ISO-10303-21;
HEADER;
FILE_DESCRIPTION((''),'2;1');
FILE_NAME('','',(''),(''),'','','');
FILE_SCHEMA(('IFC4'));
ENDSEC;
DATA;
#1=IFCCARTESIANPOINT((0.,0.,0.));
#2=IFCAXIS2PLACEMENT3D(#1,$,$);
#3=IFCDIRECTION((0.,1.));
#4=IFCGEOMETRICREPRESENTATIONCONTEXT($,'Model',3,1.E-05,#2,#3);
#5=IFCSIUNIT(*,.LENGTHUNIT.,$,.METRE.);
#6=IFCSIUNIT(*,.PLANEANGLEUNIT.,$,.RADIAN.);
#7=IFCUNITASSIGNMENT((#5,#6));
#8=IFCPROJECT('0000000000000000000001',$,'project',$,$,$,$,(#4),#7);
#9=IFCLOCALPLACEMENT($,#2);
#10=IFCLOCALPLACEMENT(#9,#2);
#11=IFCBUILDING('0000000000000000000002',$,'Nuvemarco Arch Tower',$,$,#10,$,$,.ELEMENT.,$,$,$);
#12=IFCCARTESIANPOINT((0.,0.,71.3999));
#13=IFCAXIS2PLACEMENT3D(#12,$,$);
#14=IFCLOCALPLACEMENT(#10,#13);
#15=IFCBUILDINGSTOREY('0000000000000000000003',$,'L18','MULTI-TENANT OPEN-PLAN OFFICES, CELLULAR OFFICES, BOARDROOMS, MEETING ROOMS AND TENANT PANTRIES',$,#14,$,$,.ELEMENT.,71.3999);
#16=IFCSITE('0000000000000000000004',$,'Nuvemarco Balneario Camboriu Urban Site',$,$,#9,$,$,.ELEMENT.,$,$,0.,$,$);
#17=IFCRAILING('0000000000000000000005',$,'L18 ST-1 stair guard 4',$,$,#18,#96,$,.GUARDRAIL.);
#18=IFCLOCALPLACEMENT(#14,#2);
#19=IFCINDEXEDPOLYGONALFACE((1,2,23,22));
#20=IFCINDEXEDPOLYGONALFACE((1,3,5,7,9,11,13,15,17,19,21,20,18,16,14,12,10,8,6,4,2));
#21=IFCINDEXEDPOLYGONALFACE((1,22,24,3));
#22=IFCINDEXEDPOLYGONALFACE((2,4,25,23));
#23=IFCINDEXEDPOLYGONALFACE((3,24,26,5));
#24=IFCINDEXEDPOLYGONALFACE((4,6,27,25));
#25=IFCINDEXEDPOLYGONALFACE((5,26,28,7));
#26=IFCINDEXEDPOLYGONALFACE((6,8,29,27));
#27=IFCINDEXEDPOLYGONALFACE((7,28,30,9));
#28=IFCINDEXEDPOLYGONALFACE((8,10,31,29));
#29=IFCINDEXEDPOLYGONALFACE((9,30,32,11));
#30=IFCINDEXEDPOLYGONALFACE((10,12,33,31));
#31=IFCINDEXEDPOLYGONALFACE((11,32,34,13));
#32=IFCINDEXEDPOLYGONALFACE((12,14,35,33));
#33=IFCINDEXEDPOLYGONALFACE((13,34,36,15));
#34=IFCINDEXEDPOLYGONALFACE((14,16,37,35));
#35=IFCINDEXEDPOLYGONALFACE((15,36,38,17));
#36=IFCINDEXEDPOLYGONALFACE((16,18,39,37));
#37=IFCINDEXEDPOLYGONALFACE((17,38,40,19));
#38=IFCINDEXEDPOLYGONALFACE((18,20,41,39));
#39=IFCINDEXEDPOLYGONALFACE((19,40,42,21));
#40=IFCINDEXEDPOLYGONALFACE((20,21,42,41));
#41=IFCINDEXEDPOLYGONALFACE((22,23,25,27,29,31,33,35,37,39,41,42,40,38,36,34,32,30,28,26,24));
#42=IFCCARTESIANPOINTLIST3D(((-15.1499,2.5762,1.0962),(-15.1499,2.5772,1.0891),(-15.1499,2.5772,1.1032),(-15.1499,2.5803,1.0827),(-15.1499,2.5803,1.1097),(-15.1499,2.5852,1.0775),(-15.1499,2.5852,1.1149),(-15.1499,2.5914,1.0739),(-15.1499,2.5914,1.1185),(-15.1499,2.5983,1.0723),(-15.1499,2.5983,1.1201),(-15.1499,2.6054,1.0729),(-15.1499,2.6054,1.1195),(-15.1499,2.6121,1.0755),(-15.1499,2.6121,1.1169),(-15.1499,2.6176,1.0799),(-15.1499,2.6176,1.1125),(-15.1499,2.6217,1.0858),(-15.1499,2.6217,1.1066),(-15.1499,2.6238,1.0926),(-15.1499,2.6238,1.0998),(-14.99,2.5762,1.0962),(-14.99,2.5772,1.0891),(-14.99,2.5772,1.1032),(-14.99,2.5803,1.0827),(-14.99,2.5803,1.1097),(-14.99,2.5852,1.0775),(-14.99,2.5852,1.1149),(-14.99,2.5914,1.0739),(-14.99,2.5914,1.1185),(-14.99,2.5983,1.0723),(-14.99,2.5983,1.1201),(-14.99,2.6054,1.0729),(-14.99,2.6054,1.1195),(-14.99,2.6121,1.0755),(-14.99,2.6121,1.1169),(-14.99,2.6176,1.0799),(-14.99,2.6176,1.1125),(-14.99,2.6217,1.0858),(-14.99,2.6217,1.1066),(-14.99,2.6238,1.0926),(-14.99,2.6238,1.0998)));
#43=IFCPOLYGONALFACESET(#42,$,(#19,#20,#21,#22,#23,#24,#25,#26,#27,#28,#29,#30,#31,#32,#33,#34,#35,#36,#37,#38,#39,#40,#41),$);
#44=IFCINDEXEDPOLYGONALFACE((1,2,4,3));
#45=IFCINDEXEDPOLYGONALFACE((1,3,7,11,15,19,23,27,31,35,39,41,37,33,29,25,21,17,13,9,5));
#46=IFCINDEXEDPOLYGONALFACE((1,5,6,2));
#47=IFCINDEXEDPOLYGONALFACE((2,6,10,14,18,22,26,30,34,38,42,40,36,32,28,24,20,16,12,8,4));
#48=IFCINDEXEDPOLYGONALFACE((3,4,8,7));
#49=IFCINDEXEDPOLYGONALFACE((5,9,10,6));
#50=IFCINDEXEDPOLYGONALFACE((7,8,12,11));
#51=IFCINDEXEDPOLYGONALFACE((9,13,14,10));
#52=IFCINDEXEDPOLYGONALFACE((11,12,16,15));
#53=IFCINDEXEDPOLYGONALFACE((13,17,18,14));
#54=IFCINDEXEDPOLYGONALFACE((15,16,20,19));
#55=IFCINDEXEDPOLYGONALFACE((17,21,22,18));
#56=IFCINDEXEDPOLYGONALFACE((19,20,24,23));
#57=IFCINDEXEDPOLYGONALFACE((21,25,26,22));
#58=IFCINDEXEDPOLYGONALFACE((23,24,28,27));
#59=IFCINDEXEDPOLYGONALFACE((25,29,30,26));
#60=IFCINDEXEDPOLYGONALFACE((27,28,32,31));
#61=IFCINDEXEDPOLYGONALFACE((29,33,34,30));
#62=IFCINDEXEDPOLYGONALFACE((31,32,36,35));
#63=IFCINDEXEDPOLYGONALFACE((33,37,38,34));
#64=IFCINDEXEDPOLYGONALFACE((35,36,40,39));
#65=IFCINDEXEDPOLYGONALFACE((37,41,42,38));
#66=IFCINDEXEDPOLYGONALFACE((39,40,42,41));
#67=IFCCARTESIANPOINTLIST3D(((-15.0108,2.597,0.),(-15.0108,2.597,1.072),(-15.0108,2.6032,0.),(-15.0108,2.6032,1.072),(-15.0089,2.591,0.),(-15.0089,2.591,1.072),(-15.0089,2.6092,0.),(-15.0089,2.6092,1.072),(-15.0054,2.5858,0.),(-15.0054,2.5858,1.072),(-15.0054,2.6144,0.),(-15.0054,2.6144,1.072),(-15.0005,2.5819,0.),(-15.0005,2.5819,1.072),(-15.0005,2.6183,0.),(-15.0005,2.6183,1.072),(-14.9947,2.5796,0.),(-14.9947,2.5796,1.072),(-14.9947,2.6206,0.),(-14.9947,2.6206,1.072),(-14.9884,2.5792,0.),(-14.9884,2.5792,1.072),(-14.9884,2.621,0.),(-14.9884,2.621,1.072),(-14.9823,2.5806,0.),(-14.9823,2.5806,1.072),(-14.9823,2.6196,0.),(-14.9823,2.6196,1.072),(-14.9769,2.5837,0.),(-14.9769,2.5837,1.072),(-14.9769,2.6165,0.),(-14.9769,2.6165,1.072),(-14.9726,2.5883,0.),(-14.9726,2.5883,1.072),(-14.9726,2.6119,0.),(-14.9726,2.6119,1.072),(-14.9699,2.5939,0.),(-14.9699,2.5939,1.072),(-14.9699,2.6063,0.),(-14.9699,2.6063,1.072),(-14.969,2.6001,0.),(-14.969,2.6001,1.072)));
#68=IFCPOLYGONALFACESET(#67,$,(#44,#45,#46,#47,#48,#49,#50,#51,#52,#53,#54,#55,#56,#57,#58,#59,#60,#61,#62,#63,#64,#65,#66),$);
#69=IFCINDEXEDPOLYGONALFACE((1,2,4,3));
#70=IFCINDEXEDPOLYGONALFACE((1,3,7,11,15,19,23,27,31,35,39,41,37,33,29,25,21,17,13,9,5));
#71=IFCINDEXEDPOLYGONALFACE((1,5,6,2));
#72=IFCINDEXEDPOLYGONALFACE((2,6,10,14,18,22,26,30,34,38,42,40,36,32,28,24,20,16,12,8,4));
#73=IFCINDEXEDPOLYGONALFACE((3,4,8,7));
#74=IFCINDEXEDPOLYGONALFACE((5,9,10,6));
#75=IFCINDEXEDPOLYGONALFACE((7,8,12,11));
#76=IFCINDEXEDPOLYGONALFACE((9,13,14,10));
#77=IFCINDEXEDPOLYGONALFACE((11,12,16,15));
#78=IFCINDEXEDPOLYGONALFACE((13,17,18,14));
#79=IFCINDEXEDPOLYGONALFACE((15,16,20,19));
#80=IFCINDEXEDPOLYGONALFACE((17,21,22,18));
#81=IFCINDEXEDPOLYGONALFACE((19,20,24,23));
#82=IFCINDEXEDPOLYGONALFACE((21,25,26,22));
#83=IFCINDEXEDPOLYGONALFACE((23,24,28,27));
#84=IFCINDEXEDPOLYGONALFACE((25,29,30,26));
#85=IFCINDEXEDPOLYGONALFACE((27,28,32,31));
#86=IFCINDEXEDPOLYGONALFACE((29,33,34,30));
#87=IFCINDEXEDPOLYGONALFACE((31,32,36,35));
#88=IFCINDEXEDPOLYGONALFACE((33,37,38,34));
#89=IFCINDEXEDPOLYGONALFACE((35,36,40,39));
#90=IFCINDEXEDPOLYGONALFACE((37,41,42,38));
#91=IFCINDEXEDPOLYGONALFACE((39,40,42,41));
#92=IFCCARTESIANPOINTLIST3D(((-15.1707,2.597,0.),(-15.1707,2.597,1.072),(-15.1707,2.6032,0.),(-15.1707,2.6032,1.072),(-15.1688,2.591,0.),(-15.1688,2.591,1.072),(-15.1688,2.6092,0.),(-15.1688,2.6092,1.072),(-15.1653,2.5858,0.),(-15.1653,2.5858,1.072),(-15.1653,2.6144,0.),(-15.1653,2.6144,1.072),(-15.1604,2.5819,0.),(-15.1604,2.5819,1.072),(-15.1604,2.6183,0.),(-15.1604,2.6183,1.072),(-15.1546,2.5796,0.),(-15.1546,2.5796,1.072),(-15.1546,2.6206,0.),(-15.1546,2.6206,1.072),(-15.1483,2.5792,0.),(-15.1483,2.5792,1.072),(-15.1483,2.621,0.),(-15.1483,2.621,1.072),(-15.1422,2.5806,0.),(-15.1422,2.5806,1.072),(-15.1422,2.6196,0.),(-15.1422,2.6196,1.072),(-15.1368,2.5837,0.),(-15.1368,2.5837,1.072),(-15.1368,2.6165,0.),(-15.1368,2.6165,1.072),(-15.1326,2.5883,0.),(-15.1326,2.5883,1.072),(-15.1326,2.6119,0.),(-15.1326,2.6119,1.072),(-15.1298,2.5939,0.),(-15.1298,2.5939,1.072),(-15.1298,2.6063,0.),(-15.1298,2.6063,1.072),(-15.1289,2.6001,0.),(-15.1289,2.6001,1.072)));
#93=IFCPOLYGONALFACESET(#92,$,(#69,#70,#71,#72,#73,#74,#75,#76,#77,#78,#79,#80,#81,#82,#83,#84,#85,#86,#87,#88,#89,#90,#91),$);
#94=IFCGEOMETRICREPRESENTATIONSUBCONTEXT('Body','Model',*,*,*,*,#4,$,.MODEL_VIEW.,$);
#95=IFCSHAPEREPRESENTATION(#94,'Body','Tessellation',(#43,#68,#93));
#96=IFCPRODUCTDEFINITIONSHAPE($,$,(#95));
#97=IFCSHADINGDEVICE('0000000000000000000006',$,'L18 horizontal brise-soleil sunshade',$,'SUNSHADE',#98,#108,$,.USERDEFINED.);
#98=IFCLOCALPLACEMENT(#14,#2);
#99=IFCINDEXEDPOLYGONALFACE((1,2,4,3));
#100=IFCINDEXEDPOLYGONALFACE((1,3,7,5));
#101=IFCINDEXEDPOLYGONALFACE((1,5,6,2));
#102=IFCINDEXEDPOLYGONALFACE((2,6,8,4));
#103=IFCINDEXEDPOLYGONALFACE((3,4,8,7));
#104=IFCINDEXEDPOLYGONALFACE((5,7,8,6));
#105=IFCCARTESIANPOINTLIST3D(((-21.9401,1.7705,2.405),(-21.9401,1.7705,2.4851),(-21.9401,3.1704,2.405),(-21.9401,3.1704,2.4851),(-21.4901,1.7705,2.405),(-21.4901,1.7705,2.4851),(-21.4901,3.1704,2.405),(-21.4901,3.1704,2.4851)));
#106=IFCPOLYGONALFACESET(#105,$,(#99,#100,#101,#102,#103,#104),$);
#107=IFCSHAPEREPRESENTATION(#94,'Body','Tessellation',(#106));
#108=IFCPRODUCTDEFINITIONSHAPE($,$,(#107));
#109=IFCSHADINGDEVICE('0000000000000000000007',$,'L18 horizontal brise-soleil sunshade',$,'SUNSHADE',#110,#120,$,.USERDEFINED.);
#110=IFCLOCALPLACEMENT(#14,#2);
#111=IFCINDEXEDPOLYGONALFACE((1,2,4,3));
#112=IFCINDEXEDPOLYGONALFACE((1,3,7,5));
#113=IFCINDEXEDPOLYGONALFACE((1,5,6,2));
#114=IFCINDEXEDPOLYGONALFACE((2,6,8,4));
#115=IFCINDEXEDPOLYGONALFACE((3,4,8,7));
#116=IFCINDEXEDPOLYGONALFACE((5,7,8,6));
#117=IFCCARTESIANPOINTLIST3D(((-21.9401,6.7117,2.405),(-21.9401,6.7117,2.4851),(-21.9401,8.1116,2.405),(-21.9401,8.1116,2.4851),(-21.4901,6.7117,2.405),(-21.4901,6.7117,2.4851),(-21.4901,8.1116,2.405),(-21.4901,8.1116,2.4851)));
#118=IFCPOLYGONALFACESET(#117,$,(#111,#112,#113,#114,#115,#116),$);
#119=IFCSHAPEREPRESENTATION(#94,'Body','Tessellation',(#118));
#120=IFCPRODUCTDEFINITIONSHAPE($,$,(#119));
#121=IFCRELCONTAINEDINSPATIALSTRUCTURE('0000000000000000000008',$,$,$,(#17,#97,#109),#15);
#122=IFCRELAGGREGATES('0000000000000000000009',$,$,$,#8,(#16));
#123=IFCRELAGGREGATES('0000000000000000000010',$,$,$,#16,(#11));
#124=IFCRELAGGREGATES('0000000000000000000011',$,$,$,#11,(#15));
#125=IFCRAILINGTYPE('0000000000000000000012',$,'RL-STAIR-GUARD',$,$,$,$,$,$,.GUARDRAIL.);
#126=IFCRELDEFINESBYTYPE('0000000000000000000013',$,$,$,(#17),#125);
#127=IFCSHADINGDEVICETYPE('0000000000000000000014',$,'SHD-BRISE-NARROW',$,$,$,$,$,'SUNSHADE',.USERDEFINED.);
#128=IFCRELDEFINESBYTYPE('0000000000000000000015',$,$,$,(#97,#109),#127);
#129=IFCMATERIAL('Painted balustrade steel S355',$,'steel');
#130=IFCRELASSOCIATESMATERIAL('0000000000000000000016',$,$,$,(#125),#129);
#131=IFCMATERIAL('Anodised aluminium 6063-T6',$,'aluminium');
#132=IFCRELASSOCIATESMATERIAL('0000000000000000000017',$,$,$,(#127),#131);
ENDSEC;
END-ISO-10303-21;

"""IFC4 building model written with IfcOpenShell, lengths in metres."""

from ifc_helpers import new_model, si_unit, direction, frame, origin, origin_2d, place, context, subcontext, project, spatial, rectangle, circle, extrude, source, transform, mapped, material, type_object, type_shapes, element, save


model = new_model("IFC4")

# Units and contexts
model_context = context("Model", 3, precision=1e-05, world=origin(), true_north=direction((0.0, 1.0)))
body_context = subcontext(model_context, "Body", "Model", "MODEL_VIEW")
ifc_project = project(units=[si_unit("LENGTHUNIT", "METRE"), si_unit("PLANEANGLEUNIT", "RADIAN")], contexts=[model_context])

# Site, building, storey
site_placement = place(None, origin())
site = spatial("IfcSite", under=ifc_project, at=site_placement, Name="Nuvemarco Balneario Camboriu Urban Site", CompositionType="ELEMENT", RefElevation=0.0)
building_placement = place(site_placement, origin())
building = spatial("IfcBuilding", under=site, at=building_placement, Name="Nuvemarco Arch Tower", CompositionType="ELEMENT")
storey_placement = place(building_placement, frame((0.0, 0.0, 71.3999)))
storey = spatial("IfcBuildingStorey", under=building, at=storey_placement, Name="L18", Description="MULTI-TENANT OPEN-PLAN OFFICES, CELLULAR OFFICES, BOARDROOMS, MEETING ROOMS AND TENANT PANTRIES", CompositionType="ELEMENT", Elevation=71.3999)

# Railing
ifc_material_1 = material(Name="Painted balustrade steel S355", Category="steel")
railing_type_1 = type_object("IfcRailingType", Name="RL-STAIR-GUARD", PredefinedType="GUARDRAIL", material=ifc_material_1)
railing_1_placement = place(storey_placement, frame((-14.99, 2.6001, 0.0)))
element("IfcRailing", 1, at=railing_1_placement, inside=storey, type_object=railing_type_1, Name="L18 ST-1 stair guard 4", PredefinedType="GUARDRAIL", context=body_context, shape_type="SweptSolid", body=[
    extrude(circle(Radius=0.0239, at=origin_2d()), frame((0.0, 0.0, 1.0962), z_axis=(-1.0, 0.0, 0.0), x_axis=(0.0, -1.0, 0.0)), (0.0, 0.0, 1.0), 0.1599),
    extrude(circle(Radius=0.021, at=origin_2d()), origin(), (0.0, 0.0, 1.0), 1.072),
    extrude(circle(Radius=0.021, at=origin_2d()), frame((-0.1599, 0.0, 0.0)), (0.0, 0.0, 1.0), 1.072),
])

# Shading devices
ifc_material_2 = material(Name="Anodised aluminium 6063-T6", Category="aluminium")
shading_device_type = type_object("IfcShadingDeviceType", Name="SHD-BRISE-NARROW", ElementType="SUNSHADE", PredefinedType="USERDEFINED", material=ifc_material_2)
shared_shape = source(origin(), body_context, "Body", "SweptSolid", [
    extrude(rectangle(XDim=1.3999, YDim=0.45, at=origin_2d()), origin(), (0.0, 0.0, 1.0), 0.0801),
])
type_shapes(shading_device_type, [shared_shape])
for number, where, z_axis, x_axis, name in (
    (2, (-21.7151, 2.4705, 2.405), (0.0, 0.0, 1.0), (0.0, 1.0, 0.0), "L18 horizontal brise-soleil sunshade"),
    (3, (-21.7151, 7.4116, 2.405), (0.0, 0.0, 1.0), (0.0, 1.0, 0.0), "L18 horizontal brise-soleil sunshade"),
):
    element("IfcShadingDevice", number, at=place(storey_placement, frame(where, z_axis=z_axis, x_axis=x_axis)), inside=storey, type_object=shading_device_type, Name=name, ObjectType="SUNSHADE", PredefinedType="USERDEFINED", context=body_context, shape_type="MappedRepresentation", body=[
        mapped(shared_shape, transform((0.0, 0.0, 0.0), scale=1.0)),
    ])

save(model, "model.ifc")
